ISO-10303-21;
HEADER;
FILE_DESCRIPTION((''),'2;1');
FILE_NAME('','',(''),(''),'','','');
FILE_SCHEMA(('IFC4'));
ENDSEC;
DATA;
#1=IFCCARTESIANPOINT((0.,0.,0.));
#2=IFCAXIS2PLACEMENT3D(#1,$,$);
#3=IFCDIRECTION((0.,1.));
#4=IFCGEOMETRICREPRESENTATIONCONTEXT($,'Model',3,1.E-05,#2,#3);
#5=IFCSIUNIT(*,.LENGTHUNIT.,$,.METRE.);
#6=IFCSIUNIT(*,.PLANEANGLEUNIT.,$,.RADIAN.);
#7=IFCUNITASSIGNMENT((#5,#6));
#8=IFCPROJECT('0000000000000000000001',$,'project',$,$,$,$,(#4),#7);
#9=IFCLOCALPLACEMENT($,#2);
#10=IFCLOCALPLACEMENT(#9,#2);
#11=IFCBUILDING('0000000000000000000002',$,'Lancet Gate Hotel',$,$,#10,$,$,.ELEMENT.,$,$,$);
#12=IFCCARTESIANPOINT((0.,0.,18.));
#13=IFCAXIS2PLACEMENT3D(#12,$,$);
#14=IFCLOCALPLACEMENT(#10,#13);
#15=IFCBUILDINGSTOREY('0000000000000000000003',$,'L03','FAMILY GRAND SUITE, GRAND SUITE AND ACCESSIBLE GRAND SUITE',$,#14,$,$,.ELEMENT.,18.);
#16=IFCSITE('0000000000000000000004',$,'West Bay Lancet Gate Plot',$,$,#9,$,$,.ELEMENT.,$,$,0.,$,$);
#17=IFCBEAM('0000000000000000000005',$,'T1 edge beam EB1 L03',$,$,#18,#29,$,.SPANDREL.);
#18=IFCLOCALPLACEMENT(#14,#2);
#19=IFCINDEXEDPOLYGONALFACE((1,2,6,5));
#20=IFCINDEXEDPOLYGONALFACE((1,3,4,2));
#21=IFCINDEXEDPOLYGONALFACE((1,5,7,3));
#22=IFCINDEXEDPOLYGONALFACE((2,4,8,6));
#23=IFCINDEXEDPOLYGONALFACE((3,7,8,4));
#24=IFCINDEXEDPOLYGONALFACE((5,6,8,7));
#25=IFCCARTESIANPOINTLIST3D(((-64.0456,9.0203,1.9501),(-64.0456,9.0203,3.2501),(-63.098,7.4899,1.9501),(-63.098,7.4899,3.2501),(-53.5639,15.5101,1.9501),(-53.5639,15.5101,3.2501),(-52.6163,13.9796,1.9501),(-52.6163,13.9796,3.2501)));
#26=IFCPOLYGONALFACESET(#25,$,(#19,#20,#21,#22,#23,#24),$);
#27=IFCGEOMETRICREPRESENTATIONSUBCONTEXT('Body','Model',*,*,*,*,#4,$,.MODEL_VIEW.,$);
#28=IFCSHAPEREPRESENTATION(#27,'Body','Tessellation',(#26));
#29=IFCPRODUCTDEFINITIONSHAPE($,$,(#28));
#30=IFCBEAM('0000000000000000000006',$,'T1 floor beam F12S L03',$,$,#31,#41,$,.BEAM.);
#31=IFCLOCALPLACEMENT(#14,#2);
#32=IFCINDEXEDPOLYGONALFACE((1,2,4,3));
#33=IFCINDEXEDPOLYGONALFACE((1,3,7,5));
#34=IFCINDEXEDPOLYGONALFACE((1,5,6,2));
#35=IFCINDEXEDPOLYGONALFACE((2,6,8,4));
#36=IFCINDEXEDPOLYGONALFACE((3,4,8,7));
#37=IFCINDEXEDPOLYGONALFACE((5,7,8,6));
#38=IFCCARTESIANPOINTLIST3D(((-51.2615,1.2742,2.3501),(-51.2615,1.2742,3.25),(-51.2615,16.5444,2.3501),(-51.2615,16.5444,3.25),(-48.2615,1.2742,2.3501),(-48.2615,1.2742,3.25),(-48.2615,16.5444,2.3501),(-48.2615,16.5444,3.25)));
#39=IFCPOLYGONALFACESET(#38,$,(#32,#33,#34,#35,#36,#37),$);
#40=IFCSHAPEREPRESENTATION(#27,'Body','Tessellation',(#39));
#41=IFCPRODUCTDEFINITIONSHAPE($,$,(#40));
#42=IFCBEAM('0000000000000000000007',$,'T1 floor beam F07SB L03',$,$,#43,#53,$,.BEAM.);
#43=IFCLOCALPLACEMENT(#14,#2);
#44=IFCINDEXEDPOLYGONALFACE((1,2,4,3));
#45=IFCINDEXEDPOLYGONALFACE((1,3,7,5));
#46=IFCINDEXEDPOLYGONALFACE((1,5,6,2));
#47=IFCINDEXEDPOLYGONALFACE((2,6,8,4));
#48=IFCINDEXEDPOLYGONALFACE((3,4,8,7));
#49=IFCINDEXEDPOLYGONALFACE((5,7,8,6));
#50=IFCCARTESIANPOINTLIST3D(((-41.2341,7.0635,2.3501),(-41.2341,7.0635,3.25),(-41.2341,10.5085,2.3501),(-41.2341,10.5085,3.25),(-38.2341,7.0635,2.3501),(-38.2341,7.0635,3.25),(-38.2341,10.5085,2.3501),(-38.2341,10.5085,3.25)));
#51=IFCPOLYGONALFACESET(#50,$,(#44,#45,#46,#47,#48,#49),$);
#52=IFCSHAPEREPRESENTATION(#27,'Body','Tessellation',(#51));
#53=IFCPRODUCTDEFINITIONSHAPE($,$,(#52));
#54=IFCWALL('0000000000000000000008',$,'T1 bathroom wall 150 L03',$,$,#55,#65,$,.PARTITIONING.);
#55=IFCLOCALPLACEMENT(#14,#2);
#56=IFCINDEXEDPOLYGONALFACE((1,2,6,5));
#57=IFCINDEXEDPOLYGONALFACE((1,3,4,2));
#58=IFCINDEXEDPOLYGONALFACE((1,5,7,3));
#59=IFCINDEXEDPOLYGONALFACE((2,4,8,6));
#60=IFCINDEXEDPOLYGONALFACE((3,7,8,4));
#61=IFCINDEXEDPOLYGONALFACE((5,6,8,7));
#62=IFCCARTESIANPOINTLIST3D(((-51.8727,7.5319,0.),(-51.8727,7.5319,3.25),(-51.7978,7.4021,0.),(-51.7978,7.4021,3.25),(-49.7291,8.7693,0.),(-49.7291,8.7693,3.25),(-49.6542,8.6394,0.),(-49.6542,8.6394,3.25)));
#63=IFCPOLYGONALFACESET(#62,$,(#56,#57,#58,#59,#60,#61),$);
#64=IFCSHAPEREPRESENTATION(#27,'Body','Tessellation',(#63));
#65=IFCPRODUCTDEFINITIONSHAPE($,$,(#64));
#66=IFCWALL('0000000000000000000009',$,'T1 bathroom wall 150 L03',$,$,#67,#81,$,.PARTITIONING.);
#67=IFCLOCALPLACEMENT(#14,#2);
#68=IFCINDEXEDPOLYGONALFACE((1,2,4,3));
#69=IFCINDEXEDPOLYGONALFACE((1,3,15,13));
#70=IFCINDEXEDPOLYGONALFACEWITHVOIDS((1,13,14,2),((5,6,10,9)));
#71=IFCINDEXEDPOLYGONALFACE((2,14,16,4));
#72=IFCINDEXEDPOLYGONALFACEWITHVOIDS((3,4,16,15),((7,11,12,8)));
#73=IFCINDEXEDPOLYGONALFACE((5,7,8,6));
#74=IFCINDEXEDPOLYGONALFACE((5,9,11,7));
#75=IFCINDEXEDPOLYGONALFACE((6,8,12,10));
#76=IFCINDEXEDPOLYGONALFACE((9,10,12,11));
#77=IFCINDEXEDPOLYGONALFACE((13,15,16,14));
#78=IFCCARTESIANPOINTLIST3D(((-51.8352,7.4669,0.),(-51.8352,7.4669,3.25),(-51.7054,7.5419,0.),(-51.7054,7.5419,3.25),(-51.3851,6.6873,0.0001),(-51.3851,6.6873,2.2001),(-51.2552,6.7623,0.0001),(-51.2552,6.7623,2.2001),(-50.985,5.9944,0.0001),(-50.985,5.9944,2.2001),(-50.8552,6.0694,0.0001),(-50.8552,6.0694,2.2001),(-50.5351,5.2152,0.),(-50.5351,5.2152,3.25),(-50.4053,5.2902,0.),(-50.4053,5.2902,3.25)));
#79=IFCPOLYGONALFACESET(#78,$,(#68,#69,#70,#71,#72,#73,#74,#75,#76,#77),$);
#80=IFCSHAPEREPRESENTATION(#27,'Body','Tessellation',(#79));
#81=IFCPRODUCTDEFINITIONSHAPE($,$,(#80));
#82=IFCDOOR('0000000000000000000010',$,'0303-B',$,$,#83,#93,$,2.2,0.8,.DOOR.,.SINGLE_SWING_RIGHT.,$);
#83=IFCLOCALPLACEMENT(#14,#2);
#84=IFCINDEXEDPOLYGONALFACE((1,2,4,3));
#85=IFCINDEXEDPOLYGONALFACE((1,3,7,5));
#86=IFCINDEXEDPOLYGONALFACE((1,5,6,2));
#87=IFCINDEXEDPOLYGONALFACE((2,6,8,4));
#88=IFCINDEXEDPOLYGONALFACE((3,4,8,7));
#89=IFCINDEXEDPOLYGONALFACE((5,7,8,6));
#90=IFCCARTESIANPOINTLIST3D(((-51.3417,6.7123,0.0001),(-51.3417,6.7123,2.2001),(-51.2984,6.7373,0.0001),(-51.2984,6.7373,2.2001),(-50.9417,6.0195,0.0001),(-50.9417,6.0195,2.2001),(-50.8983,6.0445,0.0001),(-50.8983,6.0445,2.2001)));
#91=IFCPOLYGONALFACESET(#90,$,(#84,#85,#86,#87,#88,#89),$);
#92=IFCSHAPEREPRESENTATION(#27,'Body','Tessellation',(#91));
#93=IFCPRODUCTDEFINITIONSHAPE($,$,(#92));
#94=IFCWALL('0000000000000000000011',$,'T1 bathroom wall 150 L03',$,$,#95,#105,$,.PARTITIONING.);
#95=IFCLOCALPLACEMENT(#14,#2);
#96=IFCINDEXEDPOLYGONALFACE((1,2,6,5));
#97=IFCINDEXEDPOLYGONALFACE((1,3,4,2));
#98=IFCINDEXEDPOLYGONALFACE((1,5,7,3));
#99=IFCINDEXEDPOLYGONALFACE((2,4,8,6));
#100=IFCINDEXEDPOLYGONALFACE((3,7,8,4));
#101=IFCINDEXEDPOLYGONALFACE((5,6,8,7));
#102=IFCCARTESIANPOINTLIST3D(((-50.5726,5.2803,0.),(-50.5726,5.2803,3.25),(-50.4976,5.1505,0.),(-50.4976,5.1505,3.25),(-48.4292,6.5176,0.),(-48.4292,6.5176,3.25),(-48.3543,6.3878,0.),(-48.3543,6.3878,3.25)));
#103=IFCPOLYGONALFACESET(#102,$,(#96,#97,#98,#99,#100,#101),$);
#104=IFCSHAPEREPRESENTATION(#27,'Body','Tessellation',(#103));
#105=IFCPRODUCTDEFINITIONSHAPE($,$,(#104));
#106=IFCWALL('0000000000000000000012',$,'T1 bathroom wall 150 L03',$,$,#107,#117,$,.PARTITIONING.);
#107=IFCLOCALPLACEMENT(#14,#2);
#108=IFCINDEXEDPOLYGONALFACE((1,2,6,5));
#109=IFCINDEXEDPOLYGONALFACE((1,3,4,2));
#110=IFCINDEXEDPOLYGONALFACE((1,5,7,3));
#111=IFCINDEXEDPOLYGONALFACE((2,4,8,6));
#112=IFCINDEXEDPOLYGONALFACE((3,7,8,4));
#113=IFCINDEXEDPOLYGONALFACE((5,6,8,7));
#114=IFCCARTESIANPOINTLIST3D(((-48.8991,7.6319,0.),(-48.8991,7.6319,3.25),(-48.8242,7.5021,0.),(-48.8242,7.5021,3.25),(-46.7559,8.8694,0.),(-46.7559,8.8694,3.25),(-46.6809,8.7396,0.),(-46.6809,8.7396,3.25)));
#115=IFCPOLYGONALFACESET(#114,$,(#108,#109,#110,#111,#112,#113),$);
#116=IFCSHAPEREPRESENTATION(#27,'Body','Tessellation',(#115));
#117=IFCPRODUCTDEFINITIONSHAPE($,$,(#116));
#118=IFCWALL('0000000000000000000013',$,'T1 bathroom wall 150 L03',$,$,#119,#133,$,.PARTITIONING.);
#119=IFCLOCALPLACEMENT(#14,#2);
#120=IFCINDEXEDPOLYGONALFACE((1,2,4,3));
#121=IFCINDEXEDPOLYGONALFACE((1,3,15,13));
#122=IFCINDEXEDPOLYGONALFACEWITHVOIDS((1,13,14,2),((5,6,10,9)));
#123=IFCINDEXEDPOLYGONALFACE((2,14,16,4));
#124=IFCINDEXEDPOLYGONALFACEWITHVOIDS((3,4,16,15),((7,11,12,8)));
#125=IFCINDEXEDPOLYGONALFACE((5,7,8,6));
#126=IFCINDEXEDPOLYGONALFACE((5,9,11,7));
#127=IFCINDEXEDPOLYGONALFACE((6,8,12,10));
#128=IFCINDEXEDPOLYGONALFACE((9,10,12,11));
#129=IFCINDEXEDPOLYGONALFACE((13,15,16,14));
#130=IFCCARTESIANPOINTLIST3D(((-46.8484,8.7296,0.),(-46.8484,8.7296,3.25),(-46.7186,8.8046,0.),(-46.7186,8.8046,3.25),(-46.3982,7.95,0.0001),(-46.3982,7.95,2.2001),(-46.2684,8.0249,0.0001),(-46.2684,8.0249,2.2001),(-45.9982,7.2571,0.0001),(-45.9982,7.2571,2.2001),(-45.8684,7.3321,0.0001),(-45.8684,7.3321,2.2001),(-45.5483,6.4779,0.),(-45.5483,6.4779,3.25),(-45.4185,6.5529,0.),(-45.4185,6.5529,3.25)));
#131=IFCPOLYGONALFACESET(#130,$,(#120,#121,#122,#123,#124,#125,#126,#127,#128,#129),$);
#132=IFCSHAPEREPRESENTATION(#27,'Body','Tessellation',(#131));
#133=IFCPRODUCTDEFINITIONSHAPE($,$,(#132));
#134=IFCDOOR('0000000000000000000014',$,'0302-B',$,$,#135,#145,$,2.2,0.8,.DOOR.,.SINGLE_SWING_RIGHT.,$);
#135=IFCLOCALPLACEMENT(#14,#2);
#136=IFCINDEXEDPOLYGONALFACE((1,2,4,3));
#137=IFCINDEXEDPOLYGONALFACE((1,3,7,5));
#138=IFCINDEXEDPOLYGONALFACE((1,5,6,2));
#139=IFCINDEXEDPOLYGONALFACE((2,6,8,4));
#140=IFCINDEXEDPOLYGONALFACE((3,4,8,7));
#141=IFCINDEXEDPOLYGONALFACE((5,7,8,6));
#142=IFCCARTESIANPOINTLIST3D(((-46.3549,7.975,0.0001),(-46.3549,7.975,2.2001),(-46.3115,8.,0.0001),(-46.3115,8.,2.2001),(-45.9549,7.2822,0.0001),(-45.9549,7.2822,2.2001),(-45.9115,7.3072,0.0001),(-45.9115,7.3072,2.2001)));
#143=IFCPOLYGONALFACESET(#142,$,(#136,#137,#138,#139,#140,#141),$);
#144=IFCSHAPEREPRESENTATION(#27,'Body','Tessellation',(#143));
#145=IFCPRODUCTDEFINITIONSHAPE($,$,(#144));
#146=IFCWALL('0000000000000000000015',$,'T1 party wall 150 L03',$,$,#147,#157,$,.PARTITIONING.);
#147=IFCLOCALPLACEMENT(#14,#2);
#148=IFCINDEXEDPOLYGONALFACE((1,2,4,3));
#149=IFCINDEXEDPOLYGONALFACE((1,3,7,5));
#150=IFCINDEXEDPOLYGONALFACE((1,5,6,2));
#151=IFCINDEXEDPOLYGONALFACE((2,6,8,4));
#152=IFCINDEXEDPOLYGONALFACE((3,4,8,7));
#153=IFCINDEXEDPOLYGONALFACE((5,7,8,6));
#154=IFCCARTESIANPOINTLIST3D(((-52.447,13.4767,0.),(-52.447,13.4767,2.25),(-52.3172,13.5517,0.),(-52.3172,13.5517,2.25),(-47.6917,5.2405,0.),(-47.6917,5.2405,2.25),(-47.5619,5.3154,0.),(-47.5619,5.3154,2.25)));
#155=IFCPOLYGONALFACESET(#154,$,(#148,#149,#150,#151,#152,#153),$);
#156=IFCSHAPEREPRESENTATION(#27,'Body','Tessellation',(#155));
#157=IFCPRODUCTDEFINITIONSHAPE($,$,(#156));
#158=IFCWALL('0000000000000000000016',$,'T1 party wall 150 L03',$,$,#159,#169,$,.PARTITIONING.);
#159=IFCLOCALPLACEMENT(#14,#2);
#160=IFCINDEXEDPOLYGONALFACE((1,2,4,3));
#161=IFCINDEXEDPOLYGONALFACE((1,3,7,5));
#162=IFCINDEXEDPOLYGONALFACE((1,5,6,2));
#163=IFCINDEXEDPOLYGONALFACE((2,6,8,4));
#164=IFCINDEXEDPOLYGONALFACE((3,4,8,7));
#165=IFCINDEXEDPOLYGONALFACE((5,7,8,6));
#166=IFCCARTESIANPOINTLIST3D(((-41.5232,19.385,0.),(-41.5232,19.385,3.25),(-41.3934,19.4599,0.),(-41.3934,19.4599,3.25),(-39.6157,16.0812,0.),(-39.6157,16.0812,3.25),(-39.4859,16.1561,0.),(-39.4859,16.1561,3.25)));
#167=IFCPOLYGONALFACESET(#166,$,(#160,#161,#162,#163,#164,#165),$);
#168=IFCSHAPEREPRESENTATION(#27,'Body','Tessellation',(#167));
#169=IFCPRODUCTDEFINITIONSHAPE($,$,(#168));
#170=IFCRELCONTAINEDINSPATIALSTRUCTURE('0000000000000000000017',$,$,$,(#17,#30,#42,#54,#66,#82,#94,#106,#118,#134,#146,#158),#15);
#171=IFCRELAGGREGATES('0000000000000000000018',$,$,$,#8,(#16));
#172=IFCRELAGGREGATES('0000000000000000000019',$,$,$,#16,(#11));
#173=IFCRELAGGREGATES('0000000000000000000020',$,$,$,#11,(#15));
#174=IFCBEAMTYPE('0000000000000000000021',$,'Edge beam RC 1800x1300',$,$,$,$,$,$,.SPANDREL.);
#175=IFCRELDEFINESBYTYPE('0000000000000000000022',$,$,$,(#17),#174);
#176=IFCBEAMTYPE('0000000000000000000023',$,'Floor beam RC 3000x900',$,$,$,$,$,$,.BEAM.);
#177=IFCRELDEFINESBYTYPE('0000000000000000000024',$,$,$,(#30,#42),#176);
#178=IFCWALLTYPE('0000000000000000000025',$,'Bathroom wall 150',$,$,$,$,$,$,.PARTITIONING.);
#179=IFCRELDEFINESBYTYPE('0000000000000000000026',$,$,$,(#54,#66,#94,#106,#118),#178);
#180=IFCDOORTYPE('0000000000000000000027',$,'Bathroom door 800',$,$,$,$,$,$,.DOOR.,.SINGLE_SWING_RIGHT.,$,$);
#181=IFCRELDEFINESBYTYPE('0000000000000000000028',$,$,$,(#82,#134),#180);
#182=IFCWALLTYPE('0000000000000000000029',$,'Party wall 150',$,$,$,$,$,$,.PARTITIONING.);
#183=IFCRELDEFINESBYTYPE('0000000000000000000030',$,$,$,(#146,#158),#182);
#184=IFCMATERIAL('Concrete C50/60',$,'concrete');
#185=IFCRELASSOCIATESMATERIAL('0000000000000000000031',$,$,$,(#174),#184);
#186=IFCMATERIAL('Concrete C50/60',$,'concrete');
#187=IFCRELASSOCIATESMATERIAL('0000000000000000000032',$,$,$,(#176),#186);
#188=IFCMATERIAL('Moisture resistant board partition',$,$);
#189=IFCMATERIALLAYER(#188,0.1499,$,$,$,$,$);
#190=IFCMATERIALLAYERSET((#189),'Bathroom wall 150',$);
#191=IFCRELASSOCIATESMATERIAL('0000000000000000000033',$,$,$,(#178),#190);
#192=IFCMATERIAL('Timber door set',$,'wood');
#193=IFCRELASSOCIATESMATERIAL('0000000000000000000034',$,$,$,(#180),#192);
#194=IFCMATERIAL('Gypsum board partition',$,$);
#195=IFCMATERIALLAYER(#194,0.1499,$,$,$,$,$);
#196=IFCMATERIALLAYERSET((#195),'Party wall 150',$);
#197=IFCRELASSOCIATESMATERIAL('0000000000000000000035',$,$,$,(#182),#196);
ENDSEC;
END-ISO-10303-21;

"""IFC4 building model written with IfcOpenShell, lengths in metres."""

from ifc_helpers import new_model, si_unit, direction, frame, frame_2d, origin, origin_2d, place, context, subcontext, project, spatial, rectangle, extrude, material, layer, layer_set, material_profile, profile_set, type_object, element, fill, save


model = new_model("IFC4")

# Units and contexts
model_context = context("Model", 3, precision=1e-05, world=origin(), true_north=direction((0.0, 1.0)))
body_context = subcontext(model_context, "Body", "Model", "MODEL_VIEW")
ifc_project = project(units=[si_unit("LENGTHUNIT", "METRE"), si_unit("PLANEANGLEUNIT", "RADIAN")], contexts=[model_context])

# Site, building, storey
site_placement = place(None, origin())
site = spatial("IfcSite", under=ifc_project, at=site_placement, Name="West Bay Lancet Gate Plot", CompositionType="ELEMENT", RefElevation=0.0)
building_placement = place(site_placement, origin())
building = spatial("IfcBuilding", under=site, at=building_placement, Name="Lancet Gate Hotel", CompositionType="ELEMENT")
storey_placement = place(building_placement, frame((0.0, 0.0, 18.0)))
storey = spatial("IfcBuildingStorey", under=building, at=storey_placement, Name="L03", Description="FAMILY GRAND SUITE, GRAND SUITE AND ACCESSIBLE GRAND SUITE", CompositionType="ELEMENT", Elevation=18.0)

# Beams
ifc_material_1 = material(Name="Concrete C50/60", Category="concrete")
ifc_material_profile_1 = material_profile(ifc_material_1, rectangle(XDim=1.8, YDim=1.3, at=origin_2d()), Name="RC 1800x1300")
ifc_profile_set_1 = profile_set([ifc_material_profile_1], Name="Concrete C50/60")
beam_type_1 = type_object("IfcBeamType", Name="Edge beam RC 1800x1300", PredefinedType="SPANDREL", material=ifc_profile_set_1)
beam_1_placement = place(storey_placement, frame((-53.0901, 14.7449, 2.6001), z_axis=(-0.850226, -0.526418, 0.0), x_axis=(0.526418, -0.850226, 0.0)))
element("IfcBeam", 1, at=beam_1_placement, inside=storey, type_object=beam_type_1, Name="T1 edge beam EB1 L03", PredefinedType="SPANDREL", context=body_context, shape_type="SweptSolid", body=[
    extrude(rectangle(XDim=1.8, YDim=1.3, at=origin_2d()), origin(), (0.0, 0.0, 1.0), 12.3281),
])
ifc_material_2 = material(Name="Concrete C50/60", Category="concrete")
ifc_material_profile_2 = material_profile(ifc_material_2, rectangle(XDim=3.0, YDim=0.8999, at=origin_2d()), Name="RC 3000x900")
ifc_profile_set_2 = profile_set([ifc_material_profile_2], Name="Concrete C50/60")
beam_type_2 = type_object("IfcBeamType", Name="Floor beam RC 3000x900", PredefinedType="BEAM", material=ifc_profile_set_2)
beam_2_placement = place(storey_placement, frame((-49.7615, 16.5444, 2.8), z_axis=(0.0, -1.0, 0.0), x_axis=(1.0, 0.0, 0.0)))
element("IfcBeam", 2, at=beam_2_placement, inside=storey, type_object=beam_type_2, Name="T1 floor beam F12S L03", PredefinedType="BEAM", context=body_context, shape_type="SweptSolid", body=[
    extrude(rectangle(XDim=3.0, YDim=0.8999, at=origin_2d()), origin(), (0.0, 0.0, 1.0), 15.2703),
])
beam_3_placement = place(storey_placement, frame((-39.7341, 10.5085, 2.8), z_axis=(0.0, -1.0, 0.0), x_axis=(1.0, 0.0, 0.0)))
element("IfcBeam", 3, at=beam_3_placement, inside=storey, type_object=beam_type_2, Name="T1 floor beam F07SB L03", PredefinedType="BEAM", context=body_context, shape_type="SweptSolid", body=[
    extrude(rectangle(XDim=3.0, YDim=0.8999, at=origin_2d()), origin(), (0.0, 0.0, 1.0), 3.4451),
])

# Wall
ifc_material_3 = material(Name="Moisture resistant board partition")
ifc_layer_1 = layer(ifc_material_3, 0.1499)
ifc_layer_set_1 = layer_set([ifc_layer_1], Name="Bathroom wall 150")
wall_type_1 = type_object("IfcWallType", Name="Bathroom wall 150", PredefinedType="PARTITIONING", material=ifc_layer_set_1)
wall_1_placement = place(storey_placement, frame((-49.6917, 8.7043, 0.0), z_axis=(0.0, 0.0, 1.0), x_axis=(-0.866074, -0.499916, 0.0)))
element("IfcWall", 4, at=wall_1_placement, inside=storey, type_object=wall_type_1, Name="T1 bathroom wall 150 L03", PredefinedType="PARTITIONING", context=body_context, shape_type="SweptSolid", body=[
    extrude(rectangle(XDim=2.4751, YDim=0.1499, at=frame_2d((1.2375, 0.0))), origin(), (0.0, 0.0, 1.0), 3.25),
])

# Wall, opening, door
wall_2_placement = place(storey_placement, frame((-50.4702, 5.2527, 0.0), z_axis=(0.0, 0.0, 1.0), x_axis=(-0.500007, 0.866021, 0.0)))
wall_2 = element("IfcWall", 5, at=wall_2_placement, inside=storey, type_object=wall_type_1, Name="T1 bathroom wall 150 L03", PredefinedType="PARTITIONING", context=body_context, shape_type="SweptSolid", body=[
    extrude(rectangle(XDim=2.6001, YDim=0.1499, at=frame_2d((1.3, 0.0))), origin(), (0.0, 0.0, 1.0), 3.25),
])
opening_1_placement = place(wall_2_placement, frame((0.8999, 0.0, 0.0)))
opening_1 = element("IfcOpeningElement", 6, at=opening_1_placement, cuts=wall_2, PredefinedType="OPENING", context=body_context, shape_type="SweptSolid", body=[
    extrude(rectangle(XDim=0.8, YDim=2.2, at=frame_2d((0.3999, 1.1001))), frame((0.0, 0.085, 0.0), z_axis=(0.0, -1.0, 0.0), x_axis=(1.0, 0.0, 0.0)), (0.0, 0.0, 1.0), 0.1699),
])
ifc_material_4 = material(Name="Timber door set", Category="wood")
door_type_1 = type_object("IfcDoorType", Name="Bathroom door 800", OperationType="SINGLE_SWING_RIGHT", PredefinedType="DOOR", material=ifc_material_4)
door_1_placement = place(opening_1_placement, origin())
door_1 = element("IfcDoor", 7, at=door_1_placement, inside=storey, type_object=door_type_1, Name="0303-B", OperationType="SINGLE_SWING_RIGHT", OverallHeight=2.2, OverallWidth=0.8, PredefinedType="DOOR", context=body_context, shape_type="SweptSolid", body=[
    extrude(rectangle(XDim=0.8, YDim=2.2, at=frame_2d((0.3999, 1.1001))), frame((0.0, 0.0249, 0.0), z_axis=(0.0, -1.0, 0.0), x_axis=(1.0, 0.0, 0.0)), (0.0, 0.0, 1.0), 0.05),
])
fill(opening_1, door_1)

# Walls
for number, where, z_axis, x_axis, name in (
    (8, (-48.3918, 6.4526, 0.0), (0.0, 0.0, 1.0), (-0.866049, -0.499959, 0.0), "T1 bathroom wall 150 L03"),
    (9, (-46.7185, 8.8044, 0.0), (0.0, 0.0, 1.0), (-0.866007, -0.500033, 0.0), "T1 bathroom wall 150 L03"),
):
    element("IfcWall", number, at=place(storey_placement, frame(where, z_axis=z_axis, x_axis=x_axis)), inside=storey, type_object=wall_type_1, Name=name, PredefinedType="PARTITIONING", context=body_context, shape_type="SweptSolid", body=[
        extrude(rectangle(XDim=2.4749, YDim=0.1499, at=frame_2d((1.2373, 0.0))), origin(), (0.0, 0.0, 1.0), 3.25),
    ])

# Wall, opening, door
wall_3_placement = place(storey_placement, frame((-45.4834, 6.5154, 0.0), z_axis=(0.0, 0.0, 1.0), x_axis=(-0.500007, 0.866021, 0.0)))
wall_3 = element("IfcWall", 10, at=wall_3_placement, inside=storey, type_object=wall_type_1, Name="T1 bathroom wall 150 L03", PredefinedType="PARTITIONING", context=body_context, shape_type="SweptSolid", body=[
    extrude(rectangle(XDim=2.6001, YDim=0.1499, at=frame_2d((1.3, 0.0))), origin(), (0.0, 0.0, 1.0), 3.25),
])
opening_2_placement = place(wall_3_placement, frame((0.8999, 0.0, 0.0)))
opening_2 = element("IfcOpeningElement", 11, at=opening_2_placement, cuts=wall_3, PredefinedType="OPENING", context=body_context, shape_type="SweptSolid", body=[
    extrude(rectangle(XDim=0.8, YDim=2.2, at=frame_2d((0.3999, 1.1001))), frame((0.0, 0.085, 0.0), z_axis=(0.0, -1.0, 0.0), x_axis=(1.0, 0.0, 0.0)), (0.0, 0.0, 1.0), 0.1699),
])
door_2_placement = place(opening_2_placement, origin())
door_2 = element("IfcDoor", 12, at=door_2_placement, inside=storey, type_object=door_type_1, Name="0302-B", OperationType="SINGLE_SWING_RIGHT", OverallHeight=2.2, OverallWidth=0.8, PredefinedType="DOOR", context=body_context, shape_type="SweptSolid", body=[
    extrude(rectangle(XDim=0.8, YDim=2.2, at=frame_2d((0.3999, 1.1001))), frame((0.0, 0.0249, 0.0), z_axis=(0.0, -1.0, 0.0), x_axis=(1.0, 0.0, 0.0)), (0.0, 0.0, 1.0), 0.05),
])
fill(opening_2, door_2)

# Walls
ifc_material_5 = material(Name="Gypsum board partition")
ifc_layer_2 = layer(ifc_material_5, 0.1499)
ifc_layer_set_2 = layer_set([ifc_layer_2], Name="Party wall 150")
wall_type_2 = type_object("IfcWallType", Name="Party wall 150", PredefinedType="PARTITIONING", material=ifc_layer_set_2)
wall_4_placement = place(storey_placement, frame((-47.6267, 5.2778, 0.0), z_axis=(0.0, 0.0, 1.0), x_axis=(-0.50001, 0.86602, 0.0)))
element("IfcWall", 13, at=wall_4_placement, inside=storey, type_object=wall_type_2, Name="T1 party wall 150 L03", PredefinedType="PARTITIONING", context=body_context, shape_type="SweptSolid", body=[
    extrude(rectangle(XDim=9.5105, YDim=0.1499, at=frame_2d((4.7554, 0.0))), origin(), (0.0, 0.0, 1.0), 2.25),
])
wall_5_placement = place(storey_placement, frame((-39.5508, 16.1187, 0.0), z_axis=(0.0, 0.0, 1.0), x_axis=(-0.500014, 0.866017, 0.0)))
element("IfcWall", 14, at=wall_5_placement, inside=storey, type_object=wall_type_2, Name="T1 party wall 150 L03", PredefinedType="PARTITIONING", context=body_context, shape_type="SweptSolid", body=[
    extrude(rectangle(XDim=3.8149, YDim=0.1499, at=frame_2d((1.9075, 0.0))), origin(), (0.0, 0.0, 1.0), 3.25),
])

save(model, "model.ifc")
